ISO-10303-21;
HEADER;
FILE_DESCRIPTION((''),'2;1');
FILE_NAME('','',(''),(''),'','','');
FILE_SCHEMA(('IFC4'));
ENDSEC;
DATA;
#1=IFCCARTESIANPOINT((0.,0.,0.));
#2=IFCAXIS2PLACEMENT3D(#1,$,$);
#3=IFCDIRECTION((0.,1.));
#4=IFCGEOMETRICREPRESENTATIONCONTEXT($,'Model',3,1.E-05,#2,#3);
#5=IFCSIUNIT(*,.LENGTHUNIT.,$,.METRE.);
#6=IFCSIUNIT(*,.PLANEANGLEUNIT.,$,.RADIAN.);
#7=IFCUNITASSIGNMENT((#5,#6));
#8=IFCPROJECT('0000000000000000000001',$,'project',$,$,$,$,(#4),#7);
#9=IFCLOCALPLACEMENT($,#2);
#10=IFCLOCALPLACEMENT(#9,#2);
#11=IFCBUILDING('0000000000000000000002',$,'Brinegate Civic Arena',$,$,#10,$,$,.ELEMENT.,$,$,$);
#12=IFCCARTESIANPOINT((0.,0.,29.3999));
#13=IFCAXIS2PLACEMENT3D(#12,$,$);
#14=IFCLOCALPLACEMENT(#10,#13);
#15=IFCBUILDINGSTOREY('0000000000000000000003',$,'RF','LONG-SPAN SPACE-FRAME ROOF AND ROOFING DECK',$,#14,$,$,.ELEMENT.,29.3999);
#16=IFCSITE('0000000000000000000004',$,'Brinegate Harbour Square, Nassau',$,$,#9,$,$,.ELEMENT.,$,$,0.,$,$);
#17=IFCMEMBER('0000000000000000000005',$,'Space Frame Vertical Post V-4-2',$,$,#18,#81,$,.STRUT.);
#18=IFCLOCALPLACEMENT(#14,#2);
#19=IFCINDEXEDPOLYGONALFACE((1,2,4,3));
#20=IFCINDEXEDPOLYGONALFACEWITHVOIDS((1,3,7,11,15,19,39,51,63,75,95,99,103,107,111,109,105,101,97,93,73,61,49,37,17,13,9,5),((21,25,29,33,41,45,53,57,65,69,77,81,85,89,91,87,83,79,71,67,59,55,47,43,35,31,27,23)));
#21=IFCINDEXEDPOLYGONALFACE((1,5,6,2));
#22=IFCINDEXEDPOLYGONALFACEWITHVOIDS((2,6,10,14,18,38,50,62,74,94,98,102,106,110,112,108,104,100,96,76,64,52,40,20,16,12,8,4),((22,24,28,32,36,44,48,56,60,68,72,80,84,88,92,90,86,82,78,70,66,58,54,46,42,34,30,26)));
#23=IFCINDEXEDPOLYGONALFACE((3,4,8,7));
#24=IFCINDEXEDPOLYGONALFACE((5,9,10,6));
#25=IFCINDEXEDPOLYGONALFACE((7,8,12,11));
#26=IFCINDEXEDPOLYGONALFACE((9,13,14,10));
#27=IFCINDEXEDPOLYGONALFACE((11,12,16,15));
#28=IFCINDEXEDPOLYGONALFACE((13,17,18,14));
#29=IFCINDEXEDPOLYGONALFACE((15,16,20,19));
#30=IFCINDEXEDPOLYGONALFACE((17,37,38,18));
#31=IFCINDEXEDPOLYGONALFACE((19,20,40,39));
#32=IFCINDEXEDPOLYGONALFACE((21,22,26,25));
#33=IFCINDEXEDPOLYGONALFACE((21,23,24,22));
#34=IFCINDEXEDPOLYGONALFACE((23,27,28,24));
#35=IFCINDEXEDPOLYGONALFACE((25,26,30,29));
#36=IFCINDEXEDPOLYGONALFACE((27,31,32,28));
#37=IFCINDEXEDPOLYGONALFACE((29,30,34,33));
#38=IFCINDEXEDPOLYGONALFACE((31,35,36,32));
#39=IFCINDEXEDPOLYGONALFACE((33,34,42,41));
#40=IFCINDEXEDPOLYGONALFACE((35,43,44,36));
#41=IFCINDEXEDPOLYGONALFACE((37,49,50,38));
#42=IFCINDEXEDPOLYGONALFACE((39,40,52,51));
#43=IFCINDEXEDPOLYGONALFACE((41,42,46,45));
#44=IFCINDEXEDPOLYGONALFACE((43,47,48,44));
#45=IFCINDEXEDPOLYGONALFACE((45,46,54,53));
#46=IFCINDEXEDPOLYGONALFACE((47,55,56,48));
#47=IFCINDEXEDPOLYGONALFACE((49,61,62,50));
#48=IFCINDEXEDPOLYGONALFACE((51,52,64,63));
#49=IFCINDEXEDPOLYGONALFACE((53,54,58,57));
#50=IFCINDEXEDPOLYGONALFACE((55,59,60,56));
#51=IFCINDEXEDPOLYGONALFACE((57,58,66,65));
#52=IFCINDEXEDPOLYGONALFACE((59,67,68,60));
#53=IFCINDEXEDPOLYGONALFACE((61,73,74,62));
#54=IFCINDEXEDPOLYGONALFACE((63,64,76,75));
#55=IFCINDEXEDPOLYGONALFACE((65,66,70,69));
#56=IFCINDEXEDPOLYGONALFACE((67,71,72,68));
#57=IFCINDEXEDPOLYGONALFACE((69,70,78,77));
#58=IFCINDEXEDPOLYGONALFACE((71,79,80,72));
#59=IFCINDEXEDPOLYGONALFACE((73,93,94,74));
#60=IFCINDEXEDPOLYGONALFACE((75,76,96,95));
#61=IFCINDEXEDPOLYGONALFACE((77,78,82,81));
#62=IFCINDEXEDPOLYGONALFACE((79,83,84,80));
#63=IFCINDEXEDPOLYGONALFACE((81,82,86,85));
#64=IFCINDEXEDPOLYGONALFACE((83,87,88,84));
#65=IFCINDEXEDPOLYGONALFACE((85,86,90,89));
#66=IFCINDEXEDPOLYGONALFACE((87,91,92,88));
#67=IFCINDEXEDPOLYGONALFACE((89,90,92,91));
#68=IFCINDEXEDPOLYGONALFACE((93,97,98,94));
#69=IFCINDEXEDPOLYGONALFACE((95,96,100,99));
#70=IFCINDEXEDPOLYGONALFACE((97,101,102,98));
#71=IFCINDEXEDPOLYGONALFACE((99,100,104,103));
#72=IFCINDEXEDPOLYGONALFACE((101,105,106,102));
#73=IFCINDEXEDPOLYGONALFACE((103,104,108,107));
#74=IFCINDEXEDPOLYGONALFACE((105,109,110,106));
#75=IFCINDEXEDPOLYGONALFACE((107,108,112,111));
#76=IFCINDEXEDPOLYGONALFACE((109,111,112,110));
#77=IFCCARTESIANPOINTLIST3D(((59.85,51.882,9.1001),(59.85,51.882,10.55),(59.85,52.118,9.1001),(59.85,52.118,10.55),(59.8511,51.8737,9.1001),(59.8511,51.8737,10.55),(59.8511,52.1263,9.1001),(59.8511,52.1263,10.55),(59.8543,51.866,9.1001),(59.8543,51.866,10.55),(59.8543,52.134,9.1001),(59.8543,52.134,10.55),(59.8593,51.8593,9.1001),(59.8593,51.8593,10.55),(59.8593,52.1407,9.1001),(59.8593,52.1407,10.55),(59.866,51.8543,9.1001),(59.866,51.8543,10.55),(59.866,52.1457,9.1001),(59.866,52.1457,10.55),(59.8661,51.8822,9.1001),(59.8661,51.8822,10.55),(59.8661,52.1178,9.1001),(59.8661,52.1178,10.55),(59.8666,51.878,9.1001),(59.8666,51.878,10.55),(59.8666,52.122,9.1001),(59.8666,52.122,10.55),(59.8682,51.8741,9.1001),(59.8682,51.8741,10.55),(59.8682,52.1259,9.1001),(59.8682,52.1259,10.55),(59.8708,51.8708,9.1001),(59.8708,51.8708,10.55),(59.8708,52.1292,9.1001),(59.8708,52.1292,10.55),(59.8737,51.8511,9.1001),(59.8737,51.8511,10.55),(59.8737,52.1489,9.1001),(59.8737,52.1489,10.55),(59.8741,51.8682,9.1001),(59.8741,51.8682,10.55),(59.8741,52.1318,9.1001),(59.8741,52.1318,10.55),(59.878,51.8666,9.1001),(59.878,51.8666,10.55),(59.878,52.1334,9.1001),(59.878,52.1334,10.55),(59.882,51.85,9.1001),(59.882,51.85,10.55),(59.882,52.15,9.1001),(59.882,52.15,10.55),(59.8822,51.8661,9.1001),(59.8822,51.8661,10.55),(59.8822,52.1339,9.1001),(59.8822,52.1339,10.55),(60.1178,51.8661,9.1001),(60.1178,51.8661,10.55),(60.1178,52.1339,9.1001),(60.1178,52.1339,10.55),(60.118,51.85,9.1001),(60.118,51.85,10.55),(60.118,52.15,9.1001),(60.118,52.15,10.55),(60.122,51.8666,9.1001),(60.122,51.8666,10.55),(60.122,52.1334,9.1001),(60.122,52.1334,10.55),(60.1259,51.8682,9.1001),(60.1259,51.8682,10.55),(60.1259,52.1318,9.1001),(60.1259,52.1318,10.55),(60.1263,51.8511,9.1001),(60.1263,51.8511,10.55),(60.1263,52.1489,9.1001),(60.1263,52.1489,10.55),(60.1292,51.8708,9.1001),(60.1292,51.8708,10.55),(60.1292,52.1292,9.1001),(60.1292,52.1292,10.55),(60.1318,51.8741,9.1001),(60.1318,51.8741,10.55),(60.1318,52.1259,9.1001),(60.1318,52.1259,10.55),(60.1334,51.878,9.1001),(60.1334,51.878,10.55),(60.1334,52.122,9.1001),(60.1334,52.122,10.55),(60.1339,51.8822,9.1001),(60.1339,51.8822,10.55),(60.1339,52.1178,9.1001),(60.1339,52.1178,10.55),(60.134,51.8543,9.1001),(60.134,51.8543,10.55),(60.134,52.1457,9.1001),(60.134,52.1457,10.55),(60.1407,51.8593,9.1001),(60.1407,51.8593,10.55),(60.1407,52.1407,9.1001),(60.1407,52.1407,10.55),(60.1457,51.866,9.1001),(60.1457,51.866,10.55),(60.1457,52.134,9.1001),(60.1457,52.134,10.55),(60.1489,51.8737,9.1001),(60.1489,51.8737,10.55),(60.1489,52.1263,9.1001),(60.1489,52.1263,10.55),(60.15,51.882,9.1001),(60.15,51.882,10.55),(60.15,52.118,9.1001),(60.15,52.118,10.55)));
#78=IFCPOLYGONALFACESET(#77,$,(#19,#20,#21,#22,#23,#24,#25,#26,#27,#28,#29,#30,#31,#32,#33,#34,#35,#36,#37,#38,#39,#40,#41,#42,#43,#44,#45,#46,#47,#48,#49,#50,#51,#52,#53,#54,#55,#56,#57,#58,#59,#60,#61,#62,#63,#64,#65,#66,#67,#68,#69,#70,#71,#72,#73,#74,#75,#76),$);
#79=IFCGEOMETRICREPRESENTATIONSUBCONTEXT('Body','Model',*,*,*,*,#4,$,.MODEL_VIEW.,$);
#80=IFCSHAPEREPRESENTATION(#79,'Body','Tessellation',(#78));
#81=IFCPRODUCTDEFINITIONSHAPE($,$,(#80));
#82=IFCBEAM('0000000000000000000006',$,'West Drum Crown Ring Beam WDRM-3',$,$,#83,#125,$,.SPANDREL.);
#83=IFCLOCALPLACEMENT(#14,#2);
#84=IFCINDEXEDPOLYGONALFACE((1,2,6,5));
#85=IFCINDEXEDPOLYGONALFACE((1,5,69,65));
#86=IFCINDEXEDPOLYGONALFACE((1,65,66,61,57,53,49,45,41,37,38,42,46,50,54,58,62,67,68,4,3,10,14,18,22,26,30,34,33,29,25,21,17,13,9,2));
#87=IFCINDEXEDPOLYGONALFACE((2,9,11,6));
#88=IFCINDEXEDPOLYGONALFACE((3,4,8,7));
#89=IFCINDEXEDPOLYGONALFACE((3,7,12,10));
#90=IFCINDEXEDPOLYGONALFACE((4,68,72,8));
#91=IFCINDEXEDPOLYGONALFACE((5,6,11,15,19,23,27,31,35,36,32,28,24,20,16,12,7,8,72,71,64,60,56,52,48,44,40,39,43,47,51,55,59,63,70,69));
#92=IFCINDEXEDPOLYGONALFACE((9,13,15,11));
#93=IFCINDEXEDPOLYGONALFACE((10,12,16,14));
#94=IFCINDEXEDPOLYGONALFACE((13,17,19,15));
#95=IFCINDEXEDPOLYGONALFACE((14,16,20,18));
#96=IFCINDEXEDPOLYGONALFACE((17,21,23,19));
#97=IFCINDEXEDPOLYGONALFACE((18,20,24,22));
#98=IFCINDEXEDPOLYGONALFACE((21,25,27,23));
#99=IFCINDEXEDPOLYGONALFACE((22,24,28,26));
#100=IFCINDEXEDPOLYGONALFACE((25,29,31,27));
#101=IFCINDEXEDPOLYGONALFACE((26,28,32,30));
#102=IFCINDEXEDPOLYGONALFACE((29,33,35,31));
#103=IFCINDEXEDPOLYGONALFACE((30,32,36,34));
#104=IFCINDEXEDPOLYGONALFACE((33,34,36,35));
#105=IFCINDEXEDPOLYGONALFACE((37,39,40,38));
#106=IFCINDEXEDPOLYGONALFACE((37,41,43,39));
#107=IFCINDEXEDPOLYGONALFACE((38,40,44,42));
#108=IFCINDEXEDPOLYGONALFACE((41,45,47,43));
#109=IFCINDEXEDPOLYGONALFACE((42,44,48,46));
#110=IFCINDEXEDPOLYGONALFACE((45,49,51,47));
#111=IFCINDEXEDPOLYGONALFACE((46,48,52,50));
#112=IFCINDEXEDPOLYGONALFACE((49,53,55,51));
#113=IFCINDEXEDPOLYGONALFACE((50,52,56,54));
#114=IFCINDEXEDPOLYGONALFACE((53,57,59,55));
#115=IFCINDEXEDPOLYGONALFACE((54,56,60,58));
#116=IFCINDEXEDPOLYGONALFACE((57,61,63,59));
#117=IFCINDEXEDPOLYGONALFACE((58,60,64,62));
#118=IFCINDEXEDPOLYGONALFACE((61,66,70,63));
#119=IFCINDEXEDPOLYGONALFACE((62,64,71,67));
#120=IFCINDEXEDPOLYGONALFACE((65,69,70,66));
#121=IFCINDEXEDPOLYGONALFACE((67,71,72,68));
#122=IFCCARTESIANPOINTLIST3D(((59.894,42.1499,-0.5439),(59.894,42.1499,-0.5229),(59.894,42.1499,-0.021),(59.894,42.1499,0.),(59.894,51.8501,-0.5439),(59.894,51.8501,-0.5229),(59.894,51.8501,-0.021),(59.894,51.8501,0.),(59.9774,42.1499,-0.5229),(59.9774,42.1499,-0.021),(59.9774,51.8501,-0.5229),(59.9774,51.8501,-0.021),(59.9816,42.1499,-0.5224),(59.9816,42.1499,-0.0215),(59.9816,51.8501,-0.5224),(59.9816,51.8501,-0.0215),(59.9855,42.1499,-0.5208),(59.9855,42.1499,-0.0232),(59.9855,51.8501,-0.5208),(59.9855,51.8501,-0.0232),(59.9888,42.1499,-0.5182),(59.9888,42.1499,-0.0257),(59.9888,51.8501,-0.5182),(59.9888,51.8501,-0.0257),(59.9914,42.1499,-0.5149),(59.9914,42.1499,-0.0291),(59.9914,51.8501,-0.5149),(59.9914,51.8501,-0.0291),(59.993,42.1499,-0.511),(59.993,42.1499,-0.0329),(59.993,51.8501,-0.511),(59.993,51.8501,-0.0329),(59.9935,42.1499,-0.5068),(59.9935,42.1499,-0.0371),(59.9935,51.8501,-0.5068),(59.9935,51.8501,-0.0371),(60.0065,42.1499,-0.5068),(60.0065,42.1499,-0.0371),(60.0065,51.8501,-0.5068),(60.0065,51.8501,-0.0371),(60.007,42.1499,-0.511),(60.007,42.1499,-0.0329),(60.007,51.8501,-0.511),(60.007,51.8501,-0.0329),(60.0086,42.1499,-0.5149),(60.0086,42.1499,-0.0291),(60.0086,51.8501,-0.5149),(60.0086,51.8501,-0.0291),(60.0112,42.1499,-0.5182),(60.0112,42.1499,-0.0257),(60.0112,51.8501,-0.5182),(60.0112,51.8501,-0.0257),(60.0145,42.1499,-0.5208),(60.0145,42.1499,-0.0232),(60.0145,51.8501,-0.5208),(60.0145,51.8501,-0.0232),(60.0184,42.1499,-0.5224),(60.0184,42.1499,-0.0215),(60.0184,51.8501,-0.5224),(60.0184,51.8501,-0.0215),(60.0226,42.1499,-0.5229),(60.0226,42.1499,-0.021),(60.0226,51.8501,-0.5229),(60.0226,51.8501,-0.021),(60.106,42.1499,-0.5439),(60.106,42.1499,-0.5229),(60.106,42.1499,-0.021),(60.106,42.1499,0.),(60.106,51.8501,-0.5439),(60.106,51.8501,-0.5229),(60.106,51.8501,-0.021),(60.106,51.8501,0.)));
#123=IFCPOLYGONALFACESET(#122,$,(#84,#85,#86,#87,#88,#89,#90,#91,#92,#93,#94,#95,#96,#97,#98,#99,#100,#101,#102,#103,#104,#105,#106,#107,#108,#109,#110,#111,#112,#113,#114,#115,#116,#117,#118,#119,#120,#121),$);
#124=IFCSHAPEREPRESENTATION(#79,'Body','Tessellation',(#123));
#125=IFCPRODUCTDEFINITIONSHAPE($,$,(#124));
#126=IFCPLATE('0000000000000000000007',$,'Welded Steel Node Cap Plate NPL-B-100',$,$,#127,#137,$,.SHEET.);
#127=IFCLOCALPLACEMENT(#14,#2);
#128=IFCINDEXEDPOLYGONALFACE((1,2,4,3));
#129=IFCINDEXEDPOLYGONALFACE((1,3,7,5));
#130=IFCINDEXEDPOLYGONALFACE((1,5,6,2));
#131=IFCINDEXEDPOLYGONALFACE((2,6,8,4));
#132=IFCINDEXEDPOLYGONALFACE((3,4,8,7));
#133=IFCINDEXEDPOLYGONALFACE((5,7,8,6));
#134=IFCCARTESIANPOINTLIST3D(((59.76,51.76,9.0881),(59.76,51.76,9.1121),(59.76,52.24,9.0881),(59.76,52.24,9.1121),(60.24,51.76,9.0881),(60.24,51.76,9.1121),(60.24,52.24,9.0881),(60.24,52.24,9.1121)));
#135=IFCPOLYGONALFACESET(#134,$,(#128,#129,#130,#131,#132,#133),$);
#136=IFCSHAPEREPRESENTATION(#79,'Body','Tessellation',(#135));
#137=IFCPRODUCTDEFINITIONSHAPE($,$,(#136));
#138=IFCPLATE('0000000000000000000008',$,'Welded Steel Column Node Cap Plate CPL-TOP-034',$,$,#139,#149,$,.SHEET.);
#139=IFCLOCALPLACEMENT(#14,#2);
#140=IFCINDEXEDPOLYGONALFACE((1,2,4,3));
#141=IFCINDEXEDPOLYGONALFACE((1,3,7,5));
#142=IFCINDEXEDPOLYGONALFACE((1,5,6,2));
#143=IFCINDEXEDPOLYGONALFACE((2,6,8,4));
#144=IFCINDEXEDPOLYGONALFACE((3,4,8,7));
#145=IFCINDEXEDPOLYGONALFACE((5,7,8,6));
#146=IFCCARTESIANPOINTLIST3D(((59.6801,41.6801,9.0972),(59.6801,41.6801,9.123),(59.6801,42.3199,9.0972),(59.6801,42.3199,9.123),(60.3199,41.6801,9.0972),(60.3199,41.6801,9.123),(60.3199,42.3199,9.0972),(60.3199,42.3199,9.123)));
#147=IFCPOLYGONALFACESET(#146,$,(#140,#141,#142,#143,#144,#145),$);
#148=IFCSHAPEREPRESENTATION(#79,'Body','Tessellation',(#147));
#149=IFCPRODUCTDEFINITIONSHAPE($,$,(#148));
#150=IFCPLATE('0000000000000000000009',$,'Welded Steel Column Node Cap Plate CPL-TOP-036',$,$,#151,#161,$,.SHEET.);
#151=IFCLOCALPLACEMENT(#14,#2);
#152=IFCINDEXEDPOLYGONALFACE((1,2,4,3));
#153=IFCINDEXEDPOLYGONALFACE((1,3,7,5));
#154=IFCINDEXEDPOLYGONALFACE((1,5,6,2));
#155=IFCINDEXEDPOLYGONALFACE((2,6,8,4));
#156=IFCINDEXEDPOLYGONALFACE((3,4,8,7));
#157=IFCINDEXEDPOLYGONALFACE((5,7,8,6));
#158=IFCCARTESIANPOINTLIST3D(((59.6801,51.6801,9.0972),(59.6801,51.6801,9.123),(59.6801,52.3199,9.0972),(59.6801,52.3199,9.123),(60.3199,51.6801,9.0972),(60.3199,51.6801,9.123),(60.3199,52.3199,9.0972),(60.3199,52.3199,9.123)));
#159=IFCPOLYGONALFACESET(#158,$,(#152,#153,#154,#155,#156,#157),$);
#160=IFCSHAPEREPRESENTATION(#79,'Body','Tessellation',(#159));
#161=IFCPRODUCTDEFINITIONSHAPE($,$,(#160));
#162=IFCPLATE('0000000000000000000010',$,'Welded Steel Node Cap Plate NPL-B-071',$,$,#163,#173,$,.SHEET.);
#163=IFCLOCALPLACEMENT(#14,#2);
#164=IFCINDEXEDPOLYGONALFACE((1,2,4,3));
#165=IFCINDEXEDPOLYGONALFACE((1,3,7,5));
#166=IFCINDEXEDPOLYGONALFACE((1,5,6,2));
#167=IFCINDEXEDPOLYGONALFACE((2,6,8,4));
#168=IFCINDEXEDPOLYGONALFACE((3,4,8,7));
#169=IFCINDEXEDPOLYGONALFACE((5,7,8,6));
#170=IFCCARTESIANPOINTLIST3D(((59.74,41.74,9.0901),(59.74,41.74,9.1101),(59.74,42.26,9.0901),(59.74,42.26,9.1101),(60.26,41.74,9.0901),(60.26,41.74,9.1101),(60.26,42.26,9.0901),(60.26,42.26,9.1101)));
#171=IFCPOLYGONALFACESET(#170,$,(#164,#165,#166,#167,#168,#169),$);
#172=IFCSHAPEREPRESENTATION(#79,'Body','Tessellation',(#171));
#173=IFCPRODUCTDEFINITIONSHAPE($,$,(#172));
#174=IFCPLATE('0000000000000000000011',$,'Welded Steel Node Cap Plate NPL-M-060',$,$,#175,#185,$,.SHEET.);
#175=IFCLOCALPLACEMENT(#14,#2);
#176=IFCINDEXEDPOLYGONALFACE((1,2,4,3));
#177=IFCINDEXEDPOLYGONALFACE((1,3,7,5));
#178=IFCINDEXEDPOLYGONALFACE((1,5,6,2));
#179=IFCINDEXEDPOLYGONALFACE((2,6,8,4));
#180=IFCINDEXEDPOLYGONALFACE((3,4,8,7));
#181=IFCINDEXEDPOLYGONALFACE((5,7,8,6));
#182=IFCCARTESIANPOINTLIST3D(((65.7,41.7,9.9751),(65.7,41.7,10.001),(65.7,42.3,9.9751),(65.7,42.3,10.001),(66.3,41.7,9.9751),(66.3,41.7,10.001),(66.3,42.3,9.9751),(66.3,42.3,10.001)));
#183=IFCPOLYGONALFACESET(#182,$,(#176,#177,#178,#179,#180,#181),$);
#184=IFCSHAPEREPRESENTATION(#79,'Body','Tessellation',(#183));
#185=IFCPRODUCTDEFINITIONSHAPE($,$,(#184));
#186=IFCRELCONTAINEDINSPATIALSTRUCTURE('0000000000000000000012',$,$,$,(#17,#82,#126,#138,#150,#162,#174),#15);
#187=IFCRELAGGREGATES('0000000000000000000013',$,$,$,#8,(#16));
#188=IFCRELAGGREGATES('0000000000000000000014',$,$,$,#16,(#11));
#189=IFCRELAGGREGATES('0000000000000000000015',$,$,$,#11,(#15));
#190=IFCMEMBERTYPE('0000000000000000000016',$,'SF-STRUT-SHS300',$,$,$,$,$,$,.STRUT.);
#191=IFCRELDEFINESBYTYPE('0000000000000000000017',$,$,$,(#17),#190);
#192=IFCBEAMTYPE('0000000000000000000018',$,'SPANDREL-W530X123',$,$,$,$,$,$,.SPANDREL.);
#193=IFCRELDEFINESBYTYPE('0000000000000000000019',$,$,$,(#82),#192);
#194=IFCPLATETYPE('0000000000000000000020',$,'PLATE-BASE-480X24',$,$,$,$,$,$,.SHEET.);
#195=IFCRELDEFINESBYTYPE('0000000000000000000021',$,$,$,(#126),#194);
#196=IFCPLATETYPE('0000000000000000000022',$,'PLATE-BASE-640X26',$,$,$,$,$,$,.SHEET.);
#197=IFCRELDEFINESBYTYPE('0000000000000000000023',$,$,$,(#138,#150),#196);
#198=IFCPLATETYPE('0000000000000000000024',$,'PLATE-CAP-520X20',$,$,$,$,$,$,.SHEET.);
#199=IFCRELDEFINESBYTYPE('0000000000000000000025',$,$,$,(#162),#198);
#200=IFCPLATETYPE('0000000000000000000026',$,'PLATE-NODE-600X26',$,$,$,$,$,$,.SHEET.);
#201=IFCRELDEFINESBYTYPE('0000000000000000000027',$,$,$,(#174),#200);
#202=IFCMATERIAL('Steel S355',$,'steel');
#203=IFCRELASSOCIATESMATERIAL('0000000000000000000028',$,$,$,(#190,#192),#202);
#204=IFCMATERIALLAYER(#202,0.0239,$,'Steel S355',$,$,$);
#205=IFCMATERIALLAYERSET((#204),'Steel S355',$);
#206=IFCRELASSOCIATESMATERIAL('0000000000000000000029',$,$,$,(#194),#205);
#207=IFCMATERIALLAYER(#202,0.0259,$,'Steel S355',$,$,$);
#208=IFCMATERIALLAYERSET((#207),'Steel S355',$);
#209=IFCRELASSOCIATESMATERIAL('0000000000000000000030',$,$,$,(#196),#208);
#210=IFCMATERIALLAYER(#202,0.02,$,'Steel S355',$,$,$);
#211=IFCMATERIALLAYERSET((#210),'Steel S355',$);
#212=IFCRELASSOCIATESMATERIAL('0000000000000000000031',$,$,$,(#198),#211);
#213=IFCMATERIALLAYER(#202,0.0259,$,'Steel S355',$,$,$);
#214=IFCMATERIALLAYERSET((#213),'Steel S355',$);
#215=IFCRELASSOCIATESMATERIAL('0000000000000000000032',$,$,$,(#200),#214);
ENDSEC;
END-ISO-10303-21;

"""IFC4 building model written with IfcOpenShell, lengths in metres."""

from ifc_helpers import new_model, si_unit, direction, frame, origin, origin_2d, place, context, subcontext, project, spatial, rectangle, hollow_rectangle, i_section, extrude, material, layer, layer_set, material_profile, profile_set, type_object, element, save


model = new_model("IFC4")

# Units and contexts
model_context = context("Model", 3, precision=1e-05, world=origin(), true_north=direction((0.0, 1.0)))
body_context = subcontext(model_context, "Body", "Model", "MODEL_VIEW")
ifc_project = project(units=[si_unit("LENGTHUNIT", "METRE"), si_unit("PLANEANGLEUNIT", "RADIAN")], contexts=[model_context])

# Site, building, storey
site_placement = place(None, origin())
site = spatial("IfcSite", under=ifc_project, at=site_placement, Name="Brinegate Harbour Square, Nassau", CompositionType="ELEMENT", RefElevation=0.0)
building_placement = place(site_placement, origin())
building = spatial("IfcBuilding", under=site, at=building_placement, Name="Brinegate Civic Arena", CompositionType="ELEMENT")
storey_placement = place(building_placement, frame((0.0, 0.0, 29.3999)))
storey = spatial("IfcBuildingStorey", under=building, at=storey_placement, Name="RF", Description="LONG-SPAN SPACE-FRAME ROOF AND ROOFING DECK", CompositionType="ELEMENT", Elevation=29.3999)

# Shared definitions
ifc_material_1 = material(Name="Steel S355", Category="steel")

# Member
ifc_material_profile_1 = material_profile(ifc_material_1, hollow_rectangle(XDim=0.3, YDim=0.3, WallThickness=0.0161, InnerFilletRadius=0.0161, OuterFilletRadius=0.032, at=origin_2d()), Name="SHS300X16")
ifc_profile_set_1 = profile_set([ifc_material_profile_1], Name="Steel S355")
member_type_1 = type_object("IfcMemberType", Name="SF-STRUT-SHS300", PredefinedType="STRUT", material=ifc_profile_set_1)
for number, where, z_axis, x_axis, name in (
    (1, (60.0, 52.0, 9.1001), (0.0, 0.0, 1.0), (1.0, 0.0, 0.0), "Space Frame Vertical Post V-4-2"),
):
    element("IfcMember", number, at=place(storey_placement, frame(where, z_axis=z_axis, x_axis=x_axis)), inside=storey, type_object=member_type_1, Name=name, PredefinedType="STRUT", context=body_context, shape_type="SweptSolid", body=[
        extrude(hollow_rectangle(XDim=0.3, YDim=0.3, WallThickness=0.0161, InnerFilletRadius=0.0161, OuterFilletRadius=0.032, at=origin_2d()), origin(), (0.0, 0.0, 1.0), 1.45),
    ])

# Beam
ifc_material_profile_2 = material_profile(ifc_material_1, i_section(OverallWidth=0.2119, OverallDepth=0.5439, WebThickness=0.0129, FlangeThickness=0.021, FilletRadius=0.0161, at=origin_2d()), Name="W530X123")
ifc_profile_set_2 = profile_set([ifc_material_profile_2], Name="Steel S355")
beam_type = type_object("IfcBeamType", Name="SPANDREL-W530X123", PredefinedType="SPANDREL", material=ifc_profile_set_2)
beam_placement = place(storey_placement, frame((60.0, 42.1499, -0.272), z_axis=(0.0, 1.0, 0.0), x_axis=(-1.0, 0.0, 0.0)))
element("IfcBeam", 2, at=beam_placement, inside=storey, type_object=beam_type, Name="West Drum Crown Ring Beam WDRM-3", PredefinedType="SPANDREL", context=body_context, shape_type="SweptSolid", body=[
    extrude(i_section(OverallWidth=0.2119, OverallDepth=0.5439, WebThickness=0.0129, FlangeThickness=0.021, FilletRadius=0.0161, at=origin_2d()), origin(), (0.0, 0.0, 1.0), 9.7002),
])

# Plates
ifc_layer_1 = layer(ifc_material_1, 0.0239, Name="Steel S355")
ifc_layer_set_1 = layer_set([ifc_layer_1], Name="Steel S355")
plate_type_1 = type_object("IfcPlateType", Name="PLATE-BASE-480X24", PredefinedType="SHEET", material=ifc_layer_set_1)
plate_1_placement = place(storey_placement, frame((60.0, 52.0, 9.0881), z_axis=(0.0, 0.0, 1.0), x_axis=(1.0, 0.0, 0.0)))
element("IfcPlate", 3, at=plate_1_placement, inside=storey, type_object=plate_type_1, Name="Welded Steel Node Cap Plate NPL-B-100", PredefinedType="SHEET", context=body_context, shape_type="SweptSolid", body=[
    extrude(rectangle(XDim=0.48, YDim=0.48, at=origin_2d()), origin(), (0.0, 0.0, 1.0), 0.0239),
])
ifc_layer_2 = layer(ifc_material_1, 0.0259, Name="Steel S355")
ifc_layer_set_2 = layer_set([ifc_layer_2], Name="Steel S355")
plate_type_2 = type_object("IfcPlateType", Name="PLATE-BASE-640X26", PredefinedType="SHEET", material=ifc_layer_set_2)
for number, where, z_axis, x_axis, name in (
    (4, (60.0, 42.0, 9.0972), (0.0, 0.0, 1.0), (1.0, 0.0, 0.0), "Welded Steel Column Node Cap Plate CPL-TOP-034"),
    (5, (60.0, 52.0, 9.0972), (0.0, 0.0, 1.0), (1.0, 0.0, 0.0), "Welded Steel Column Node Cap Plate CPL-TOP-036"),
):
    element("IfcPlate", number, at=place(storey_placement, frame(where, z_axis=z_axis, x_axis=x_axis)), inside=storey, type_object=plate_type_2, Name=name, PredefinedType="SHEET", context=body_context, shape_type="SweptSolid", body=[
        extrude(rectangle(XDim=0.6399, YDim=0.6399, at=origin_2d()), origin(), (0.0, 0.0, 1.0), 0.0259),
    ])
ifc_layer_3 = layer(ifc_material_1, 0.02, Name="Steel S355")
ifc_layer_set_3 = layer_set([ifc_layer_3], Name="Steel S355")
plate_type_3 = type_object("IfcPlateType", Name="PLATE-CAP-520X20", PredefinedType="SHEET", material=ifc_layer_set_3)
plate_2_placement = place(storey_placement, frame((60.0, 42.0, 9.0901), z_axis=(0.0, 0.0, 1.0), x_axis=(1.0, 0.0, 0.0)))
element("IfcPlate", 6, at=plate_2_placement, inside=storey, type_object=plate_type_3, Name="Welded Steel Node Cap Plate NPL-B-071", PredefinedType="SHEET", context=body_context, shape_type="SweptSolid", body=[
    extrude(rectangle(XDim=0.52, YDim=0.52, at=origin_2d()), origin(), (0.0, 0.0, 1.0), 0.02),
])
ifc_layer_4 = layer(ifc_material_1, 0.0259, Name="Steel S355")
ifc_layer_set_4 = layer_set([ifc_layer_4], Name="Steel S355")
plate_type_4 = type_object("IfcPlateType", Name="PLATE-NODE-600X26", PredefinedType="SHEET", material=ifc_layer_set_4)
for number, where, z_axis, x_axis, name in (
    (7, (66.0, 42.0, 9.9751), (0.0, 0.0, 1.0), (1.0, 0.0, 0.0), "Welded Steel Node Cap Plate NPL-M-060"),
):
    element("IfcPlate", number, at=place(storey_placement, frame(where, z_axis=z_axis, x_axis=x_axis)), inside=storey, type_object=plate_type_4, Name=name, PredefinedType="SHEET", context=body_context, shape_type="SweptSolid", body=[
        extrude(rectangle(XDim=0.6001, YDim=0.6001, at=origin_2d()), origin(), (0.0, 0.0, 1.0), 0.0259),
    ])

save(model, "model.ifc")
